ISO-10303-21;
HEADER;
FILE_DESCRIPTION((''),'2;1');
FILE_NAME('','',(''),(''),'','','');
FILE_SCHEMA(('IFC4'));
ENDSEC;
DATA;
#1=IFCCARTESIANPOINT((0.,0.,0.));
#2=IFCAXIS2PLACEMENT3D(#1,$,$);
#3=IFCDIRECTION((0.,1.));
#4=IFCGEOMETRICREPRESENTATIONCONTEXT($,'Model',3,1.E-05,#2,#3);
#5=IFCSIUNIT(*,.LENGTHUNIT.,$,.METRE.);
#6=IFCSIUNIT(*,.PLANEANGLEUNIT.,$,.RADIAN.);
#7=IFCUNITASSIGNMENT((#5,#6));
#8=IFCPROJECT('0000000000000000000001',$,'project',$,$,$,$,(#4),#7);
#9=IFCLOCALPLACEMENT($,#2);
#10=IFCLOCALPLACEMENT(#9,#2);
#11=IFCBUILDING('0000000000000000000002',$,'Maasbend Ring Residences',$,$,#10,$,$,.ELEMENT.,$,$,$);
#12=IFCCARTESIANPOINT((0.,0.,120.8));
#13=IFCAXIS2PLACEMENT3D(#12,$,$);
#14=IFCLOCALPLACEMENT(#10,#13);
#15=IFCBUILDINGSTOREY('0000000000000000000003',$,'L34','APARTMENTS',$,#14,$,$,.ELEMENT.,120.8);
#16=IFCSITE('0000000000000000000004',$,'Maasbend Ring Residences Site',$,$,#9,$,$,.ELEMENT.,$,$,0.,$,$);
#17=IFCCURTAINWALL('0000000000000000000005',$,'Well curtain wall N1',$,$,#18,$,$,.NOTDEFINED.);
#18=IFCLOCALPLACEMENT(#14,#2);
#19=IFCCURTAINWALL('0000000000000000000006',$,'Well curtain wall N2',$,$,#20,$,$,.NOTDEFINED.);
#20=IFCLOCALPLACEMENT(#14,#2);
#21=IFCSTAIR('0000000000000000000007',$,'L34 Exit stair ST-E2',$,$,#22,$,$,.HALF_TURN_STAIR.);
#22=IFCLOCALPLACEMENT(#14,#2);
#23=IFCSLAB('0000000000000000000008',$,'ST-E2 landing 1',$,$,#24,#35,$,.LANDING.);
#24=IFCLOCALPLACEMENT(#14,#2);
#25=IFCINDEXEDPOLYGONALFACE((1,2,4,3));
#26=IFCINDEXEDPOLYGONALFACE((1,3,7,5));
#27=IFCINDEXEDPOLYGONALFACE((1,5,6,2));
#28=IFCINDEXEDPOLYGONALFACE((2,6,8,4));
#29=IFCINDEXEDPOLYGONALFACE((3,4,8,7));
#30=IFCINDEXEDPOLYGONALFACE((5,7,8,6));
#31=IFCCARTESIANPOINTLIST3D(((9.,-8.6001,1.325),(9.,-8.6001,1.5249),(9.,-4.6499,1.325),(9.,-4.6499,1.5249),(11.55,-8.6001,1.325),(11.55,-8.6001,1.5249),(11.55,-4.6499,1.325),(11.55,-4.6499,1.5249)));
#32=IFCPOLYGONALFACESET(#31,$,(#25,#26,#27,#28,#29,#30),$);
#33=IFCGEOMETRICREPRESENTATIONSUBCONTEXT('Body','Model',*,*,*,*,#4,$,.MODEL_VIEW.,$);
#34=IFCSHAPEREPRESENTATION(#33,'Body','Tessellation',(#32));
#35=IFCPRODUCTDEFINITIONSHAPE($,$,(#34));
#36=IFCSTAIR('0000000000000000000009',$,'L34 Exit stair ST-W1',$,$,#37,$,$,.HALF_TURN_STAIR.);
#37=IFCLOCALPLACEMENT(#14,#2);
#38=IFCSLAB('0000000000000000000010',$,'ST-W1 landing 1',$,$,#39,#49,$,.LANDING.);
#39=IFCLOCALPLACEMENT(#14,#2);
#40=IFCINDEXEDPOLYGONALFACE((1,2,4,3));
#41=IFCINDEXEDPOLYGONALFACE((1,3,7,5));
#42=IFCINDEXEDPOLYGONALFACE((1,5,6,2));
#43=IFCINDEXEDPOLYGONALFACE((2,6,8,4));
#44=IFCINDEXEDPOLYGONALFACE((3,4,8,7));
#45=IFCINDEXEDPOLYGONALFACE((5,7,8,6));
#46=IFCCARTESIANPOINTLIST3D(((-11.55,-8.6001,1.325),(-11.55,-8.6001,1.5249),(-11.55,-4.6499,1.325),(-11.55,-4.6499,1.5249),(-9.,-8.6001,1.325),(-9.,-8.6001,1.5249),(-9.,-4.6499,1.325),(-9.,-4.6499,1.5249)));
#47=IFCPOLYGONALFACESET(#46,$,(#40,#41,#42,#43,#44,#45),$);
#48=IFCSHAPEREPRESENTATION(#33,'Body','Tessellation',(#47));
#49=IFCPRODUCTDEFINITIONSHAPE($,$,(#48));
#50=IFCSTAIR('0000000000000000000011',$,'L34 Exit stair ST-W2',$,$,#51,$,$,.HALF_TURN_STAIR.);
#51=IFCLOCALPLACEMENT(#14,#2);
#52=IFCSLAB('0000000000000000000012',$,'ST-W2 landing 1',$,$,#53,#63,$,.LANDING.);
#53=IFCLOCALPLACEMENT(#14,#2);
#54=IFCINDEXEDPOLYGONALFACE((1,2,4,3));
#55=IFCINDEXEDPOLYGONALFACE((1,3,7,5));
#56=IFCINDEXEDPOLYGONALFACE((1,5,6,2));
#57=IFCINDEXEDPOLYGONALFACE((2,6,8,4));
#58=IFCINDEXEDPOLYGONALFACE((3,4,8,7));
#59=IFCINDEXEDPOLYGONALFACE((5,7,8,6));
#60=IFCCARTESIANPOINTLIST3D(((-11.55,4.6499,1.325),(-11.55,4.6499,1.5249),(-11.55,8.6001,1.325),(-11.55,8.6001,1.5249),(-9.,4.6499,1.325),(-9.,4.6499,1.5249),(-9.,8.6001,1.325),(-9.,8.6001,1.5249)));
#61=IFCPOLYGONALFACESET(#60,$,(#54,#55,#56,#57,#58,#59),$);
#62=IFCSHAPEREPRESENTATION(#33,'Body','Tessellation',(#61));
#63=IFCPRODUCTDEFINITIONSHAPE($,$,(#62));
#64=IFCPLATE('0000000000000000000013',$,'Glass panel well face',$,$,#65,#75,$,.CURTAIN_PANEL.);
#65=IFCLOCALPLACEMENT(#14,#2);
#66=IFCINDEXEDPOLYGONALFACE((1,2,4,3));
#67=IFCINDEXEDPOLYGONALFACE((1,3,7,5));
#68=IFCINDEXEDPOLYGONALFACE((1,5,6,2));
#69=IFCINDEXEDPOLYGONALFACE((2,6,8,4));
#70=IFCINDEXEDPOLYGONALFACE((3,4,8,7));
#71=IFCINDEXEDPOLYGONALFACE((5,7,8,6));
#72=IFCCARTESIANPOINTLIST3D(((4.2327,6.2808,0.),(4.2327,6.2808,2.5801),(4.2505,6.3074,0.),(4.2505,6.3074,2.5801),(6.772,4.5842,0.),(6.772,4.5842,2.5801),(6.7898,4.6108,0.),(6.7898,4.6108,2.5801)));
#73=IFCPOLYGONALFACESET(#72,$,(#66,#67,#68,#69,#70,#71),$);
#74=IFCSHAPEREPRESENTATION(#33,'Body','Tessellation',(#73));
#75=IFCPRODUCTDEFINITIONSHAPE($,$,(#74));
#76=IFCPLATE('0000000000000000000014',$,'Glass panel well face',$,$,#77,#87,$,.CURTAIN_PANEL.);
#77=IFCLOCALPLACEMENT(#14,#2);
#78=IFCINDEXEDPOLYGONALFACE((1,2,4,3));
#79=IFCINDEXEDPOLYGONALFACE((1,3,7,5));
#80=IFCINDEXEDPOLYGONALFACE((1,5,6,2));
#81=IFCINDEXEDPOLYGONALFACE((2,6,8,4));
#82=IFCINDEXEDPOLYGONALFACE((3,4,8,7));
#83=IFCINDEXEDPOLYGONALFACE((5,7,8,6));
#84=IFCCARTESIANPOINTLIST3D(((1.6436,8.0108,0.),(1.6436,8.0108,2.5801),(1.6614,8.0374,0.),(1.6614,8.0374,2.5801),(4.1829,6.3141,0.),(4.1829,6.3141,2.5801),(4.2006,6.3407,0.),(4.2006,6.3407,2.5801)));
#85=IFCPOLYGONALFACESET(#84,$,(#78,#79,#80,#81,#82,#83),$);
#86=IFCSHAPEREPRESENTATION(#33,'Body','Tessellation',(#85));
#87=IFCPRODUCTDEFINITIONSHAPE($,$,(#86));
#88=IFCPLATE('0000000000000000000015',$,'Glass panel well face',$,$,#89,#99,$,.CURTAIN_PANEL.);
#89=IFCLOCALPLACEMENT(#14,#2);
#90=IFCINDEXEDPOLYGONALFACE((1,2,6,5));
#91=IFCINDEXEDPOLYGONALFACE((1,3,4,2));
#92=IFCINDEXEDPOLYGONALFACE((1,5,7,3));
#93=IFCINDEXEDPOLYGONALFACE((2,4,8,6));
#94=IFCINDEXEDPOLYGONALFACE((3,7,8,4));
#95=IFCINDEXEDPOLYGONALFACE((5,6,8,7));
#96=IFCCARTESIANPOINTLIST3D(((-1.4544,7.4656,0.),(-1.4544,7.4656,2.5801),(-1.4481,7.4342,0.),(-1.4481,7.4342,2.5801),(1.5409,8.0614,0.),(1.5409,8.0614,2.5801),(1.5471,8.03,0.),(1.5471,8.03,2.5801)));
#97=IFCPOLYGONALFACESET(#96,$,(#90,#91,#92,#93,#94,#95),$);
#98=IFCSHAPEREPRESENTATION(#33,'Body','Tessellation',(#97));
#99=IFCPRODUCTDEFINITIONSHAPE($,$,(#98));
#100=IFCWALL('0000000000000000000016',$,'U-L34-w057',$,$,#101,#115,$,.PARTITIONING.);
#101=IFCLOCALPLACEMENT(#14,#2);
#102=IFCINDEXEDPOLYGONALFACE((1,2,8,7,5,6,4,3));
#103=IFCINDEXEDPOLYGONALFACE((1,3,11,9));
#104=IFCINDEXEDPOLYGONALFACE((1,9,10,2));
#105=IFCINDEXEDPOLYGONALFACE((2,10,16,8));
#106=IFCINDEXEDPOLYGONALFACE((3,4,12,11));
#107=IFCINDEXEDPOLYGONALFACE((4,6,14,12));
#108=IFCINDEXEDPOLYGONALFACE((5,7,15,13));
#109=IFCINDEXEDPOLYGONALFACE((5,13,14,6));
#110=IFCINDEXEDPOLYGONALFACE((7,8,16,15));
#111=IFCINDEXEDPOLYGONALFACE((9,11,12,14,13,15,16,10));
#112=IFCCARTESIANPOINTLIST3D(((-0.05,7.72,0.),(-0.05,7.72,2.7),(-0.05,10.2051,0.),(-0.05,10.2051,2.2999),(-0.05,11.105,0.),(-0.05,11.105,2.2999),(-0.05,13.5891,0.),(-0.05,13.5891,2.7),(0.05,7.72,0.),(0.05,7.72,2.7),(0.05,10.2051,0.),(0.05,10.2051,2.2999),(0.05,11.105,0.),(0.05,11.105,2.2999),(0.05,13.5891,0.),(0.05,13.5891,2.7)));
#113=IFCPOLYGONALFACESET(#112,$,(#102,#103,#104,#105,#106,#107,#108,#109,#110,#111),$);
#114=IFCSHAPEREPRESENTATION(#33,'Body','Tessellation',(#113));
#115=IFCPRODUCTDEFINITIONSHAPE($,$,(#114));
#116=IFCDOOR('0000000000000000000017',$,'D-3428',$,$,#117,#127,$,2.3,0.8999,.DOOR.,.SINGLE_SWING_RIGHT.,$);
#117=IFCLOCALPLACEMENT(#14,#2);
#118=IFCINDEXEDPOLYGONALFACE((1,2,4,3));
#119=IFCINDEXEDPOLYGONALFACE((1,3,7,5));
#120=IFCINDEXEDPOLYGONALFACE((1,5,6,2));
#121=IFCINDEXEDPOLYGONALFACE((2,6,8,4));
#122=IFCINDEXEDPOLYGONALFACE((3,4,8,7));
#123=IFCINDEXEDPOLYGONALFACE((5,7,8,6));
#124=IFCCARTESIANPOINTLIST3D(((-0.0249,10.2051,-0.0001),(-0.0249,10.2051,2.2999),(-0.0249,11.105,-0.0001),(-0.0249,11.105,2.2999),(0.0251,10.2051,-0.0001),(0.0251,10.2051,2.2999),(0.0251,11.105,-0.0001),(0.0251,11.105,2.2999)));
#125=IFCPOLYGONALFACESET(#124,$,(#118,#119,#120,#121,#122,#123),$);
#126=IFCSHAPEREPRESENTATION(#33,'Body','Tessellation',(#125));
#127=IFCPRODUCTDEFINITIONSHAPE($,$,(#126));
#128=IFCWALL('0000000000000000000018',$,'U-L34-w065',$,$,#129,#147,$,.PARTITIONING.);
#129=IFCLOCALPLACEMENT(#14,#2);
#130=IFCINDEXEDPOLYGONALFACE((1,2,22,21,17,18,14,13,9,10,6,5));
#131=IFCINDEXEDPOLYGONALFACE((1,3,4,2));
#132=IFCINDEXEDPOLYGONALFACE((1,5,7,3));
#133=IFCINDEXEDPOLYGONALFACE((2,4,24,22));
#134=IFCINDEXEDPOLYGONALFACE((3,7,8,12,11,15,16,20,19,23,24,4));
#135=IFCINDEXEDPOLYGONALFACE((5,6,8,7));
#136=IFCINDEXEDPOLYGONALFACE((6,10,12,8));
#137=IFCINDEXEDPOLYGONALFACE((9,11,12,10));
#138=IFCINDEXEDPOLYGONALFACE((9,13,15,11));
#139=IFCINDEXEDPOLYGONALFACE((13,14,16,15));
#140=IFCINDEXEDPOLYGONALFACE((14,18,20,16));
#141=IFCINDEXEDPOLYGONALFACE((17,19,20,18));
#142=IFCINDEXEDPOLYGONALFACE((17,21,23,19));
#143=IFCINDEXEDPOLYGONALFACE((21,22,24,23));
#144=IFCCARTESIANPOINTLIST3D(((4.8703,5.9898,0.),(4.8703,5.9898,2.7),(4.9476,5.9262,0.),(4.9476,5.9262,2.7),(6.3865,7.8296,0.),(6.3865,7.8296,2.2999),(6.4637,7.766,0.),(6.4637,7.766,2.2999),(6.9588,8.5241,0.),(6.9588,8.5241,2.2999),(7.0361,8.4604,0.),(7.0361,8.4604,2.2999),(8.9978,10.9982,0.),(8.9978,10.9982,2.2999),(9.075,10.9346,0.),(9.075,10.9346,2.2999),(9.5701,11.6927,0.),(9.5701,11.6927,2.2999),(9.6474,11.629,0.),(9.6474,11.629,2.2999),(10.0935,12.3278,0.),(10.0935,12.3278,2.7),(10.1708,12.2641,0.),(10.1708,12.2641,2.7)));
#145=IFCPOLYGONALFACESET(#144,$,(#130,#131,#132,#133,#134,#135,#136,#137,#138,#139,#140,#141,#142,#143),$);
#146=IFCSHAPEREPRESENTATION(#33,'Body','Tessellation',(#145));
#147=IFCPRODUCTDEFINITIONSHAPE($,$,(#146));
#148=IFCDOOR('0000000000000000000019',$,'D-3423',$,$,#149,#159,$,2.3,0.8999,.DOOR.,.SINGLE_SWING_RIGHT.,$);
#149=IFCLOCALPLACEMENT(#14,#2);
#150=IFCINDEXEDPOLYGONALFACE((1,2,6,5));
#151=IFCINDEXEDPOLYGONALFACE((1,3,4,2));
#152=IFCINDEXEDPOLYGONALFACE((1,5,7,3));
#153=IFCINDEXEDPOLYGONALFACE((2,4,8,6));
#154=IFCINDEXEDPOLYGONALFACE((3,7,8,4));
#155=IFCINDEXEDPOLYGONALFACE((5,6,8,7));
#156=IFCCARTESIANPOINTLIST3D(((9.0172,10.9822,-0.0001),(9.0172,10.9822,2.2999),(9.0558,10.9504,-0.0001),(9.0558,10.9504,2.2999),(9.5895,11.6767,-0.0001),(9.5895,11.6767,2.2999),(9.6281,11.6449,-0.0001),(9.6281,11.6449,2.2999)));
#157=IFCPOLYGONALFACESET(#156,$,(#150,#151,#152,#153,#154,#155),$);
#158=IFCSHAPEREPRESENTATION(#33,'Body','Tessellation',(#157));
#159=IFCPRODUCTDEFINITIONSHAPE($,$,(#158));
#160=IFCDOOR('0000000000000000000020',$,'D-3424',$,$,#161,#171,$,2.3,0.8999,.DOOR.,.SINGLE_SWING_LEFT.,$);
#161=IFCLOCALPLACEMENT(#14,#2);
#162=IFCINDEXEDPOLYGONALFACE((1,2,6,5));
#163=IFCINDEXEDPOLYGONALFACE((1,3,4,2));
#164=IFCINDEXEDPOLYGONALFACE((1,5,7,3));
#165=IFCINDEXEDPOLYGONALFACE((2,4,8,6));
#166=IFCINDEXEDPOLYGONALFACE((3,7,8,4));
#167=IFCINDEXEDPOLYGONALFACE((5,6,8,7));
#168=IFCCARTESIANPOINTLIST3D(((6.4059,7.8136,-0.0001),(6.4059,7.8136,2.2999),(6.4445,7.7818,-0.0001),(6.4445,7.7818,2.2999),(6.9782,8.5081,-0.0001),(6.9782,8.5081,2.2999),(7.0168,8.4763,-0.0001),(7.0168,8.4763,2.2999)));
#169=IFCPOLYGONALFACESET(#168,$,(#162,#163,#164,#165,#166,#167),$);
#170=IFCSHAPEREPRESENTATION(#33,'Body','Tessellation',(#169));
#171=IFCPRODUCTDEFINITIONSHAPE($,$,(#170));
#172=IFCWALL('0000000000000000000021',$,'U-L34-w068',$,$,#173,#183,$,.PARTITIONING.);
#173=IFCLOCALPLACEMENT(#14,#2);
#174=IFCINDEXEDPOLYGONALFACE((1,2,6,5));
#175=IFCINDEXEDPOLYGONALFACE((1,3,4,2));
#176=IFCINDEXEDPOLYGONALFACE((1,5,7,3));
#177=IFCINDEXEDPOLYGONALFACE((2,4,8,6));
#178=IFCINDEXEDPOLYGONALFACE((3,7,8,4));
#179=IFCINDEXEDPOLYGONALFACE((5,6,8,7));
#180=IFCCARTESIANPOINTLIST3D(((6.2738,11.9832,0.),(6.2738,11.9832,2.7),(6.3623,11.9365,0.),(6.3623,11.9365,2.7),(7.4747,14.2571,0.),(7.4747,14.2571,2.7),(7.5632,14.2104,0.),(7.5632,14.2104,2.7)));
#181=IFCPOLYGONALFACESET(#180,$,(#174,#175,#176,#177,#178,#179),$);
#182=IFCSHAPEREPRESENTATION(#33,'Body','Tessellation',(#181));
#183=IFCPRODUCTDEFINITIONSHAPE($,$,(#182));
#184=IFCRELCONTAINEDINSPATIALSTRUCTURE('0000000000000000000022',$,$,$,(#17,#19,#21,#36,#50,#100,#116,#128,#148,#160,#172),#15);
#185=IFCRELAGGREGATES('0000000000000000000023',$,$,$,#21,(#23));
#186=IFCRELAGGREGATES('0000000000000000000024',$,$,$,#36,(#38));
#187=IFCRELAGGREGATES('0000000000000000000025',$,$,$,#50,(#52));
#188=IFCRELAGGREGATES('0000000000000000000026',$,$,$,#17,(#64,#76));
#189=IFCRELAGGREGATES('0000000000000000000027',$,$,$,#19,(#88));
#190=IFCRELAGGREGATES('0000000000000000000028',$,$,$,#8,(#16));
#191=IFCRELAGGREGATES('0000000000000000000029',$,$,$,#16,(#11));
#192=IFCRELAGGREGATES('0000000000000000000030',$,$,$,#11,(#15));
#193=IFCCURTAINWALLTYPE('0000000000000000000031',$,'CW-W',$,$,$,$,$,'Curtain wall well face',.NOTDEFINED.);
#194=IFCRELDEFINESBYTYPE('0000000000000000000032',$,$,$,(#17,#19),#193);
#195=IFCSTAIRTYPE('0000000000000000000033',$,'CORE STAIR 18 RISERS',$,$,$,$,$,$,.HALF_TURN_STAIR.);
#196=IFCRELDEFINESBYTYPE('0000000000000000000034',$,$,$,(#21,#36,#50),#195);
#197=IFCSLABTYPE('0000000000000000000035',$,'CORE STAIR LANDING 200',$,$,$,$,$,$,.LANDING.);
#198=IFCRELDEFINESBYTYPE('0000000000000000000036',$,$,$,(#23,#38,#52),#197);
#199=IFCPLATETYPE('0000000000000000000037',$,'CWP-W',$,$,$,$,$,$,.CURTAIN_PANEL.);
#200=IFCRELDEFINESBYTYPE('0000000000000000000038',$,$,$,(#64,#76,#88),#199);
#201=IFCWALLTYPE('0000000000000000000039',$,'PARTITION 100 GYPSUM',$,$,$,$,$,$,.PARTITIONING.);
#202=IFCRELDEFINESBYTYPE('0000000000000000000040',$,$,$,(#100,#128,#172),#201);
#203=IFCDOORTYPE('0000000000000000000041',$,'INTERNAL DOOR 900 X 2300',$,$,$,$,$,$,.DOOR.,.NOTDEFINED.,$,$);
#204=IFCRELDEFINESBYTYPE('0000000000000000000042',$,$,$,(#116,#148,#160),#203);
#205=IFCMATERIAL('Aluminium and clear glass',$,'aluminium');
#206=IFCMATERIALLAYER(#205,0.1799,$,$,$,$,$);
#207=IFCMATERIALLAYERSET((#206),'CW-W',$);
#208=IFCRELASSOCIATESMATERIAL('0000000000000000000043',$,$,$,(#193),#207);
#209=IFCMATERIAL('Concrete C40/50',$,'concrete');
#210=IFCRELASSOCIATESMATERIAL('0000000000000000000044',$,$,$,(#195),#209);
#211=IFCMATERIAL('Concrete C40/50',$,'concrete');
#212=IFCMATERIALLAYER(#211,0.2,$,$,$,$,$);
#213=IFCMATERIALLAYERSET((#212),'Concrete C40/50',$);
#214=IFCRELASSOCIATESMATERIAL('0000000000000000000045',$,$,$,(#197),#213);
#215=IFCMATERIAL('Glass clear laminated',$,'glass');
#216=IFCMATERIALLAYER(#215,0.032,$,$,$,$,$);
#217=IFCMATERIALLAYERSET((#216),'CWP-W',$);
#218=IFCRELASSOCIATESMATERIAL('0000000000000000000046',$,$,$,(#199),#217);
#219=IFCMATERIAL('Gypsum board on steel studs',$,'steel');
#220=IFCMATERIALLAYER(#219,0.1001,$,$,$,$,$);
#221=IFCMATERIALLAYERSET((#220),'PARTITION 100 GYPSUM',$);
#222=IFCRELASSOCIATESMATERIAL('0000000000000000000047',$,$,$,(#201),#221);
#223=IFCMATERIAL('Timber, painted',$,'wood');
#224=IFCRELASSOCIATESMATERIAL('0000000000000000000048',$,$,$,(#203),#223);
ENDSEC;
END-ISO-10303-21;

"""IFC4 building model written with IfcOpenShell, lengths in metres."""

from ifc_helpers import new_model, si_unit, direction, frame, frame_2d, origin, origin_2d, place, context, subcontext, project, spatial, polyline, rectangle, outline, extrude, material, layer, layer_set, type_object, element, fill, aggregate, save


model = new_model("IFC4")

# Units and contexts
model_context = context("Model", 3, precision=1e-05, world=origin(), true_north=direction((0.0, 1.0)))
body_context = subcontext(model_context, "Body", "Model", "MODEL_VIEW")
ifc_project = project(units=[si_unit("LENGTHUNIT", "METRE"), si_unit("PLANEANGLEUNIT", "RADIAN")], contexts=[model_context])

# Site, building, storey
site_placement = place(None, origin())
site = spatial("IfcSite", under=ifc_project, at=site_placement, Name="Maasbend Ring Residences Site", CompositionType="ELEMENT", RefElevation=0.0)
building_placement = place(site_placement, origin())
building = spatial("IfcBuilding", under=site, at=building_placement, Name="Maasbend Ring Residences", CompositionType="ELEMENT")
storey_placement = place(building_placement, frame((0.0, 0.0, 120.8)))
storey = spatial("IfcBuildingStorey", under=building, at=storey_placement, Name="L34", Description="APARTMENTS", CompositionType="ELEMENT", Elevation=120.8)

# Curtain wall
ifc_material_1 = material(Name="Aluminium and clear glass", Category="aluminium")
ifc_layer_1 = layer(ifc_material_1, 0.1799)
ifc_layer_set_1 = layer_set([ifc_layer_1], Name="CW-W")
curtain_wall_type = type_object("IfcCurtainWallType", Name="CW-W", ElementType="Curtain wall well face", PredefinedType="NOTDEFINED", material=ifc_layer_set_1)
curtain_wall_1_placement = place(storey_placement, origin())
curtain_wall_1 = element("IfcCurtainWall", 1, at=curtain_wall_1_placement, inside=storey, type_object=curtain_wall_type, Name="Well curtain wall N1", PredefinedType="NOTDEFINED")

# Curtain wall
curtain_wall_2_placement = place(storey_placement, origin())
curtain_wall_2 = element("IfcCurtainWall", 2, at=curtain_wall_2_placement, inside=storey, type_object=curtain_wall_type, Name="Well curtain wall N2", PredefinedType="NOTDEFINED")

# Stairs, slabs
ifc_material_2 = material(Name="Concrete C40/50", Category="concrete")
stair_type = type_object("IfcStairType", Name="CORE STAIR 18 RISERS", PredefinedType="HALF_TURN_STAIR", material=ifc_material_2)
ifc_material_3 = material(Name="Concrete C40/50", Category="concrete")
ifc_layer_2 = layer(ifc_material_3, 0.2)
ifc_layer_set_2 = layer_set([ifc_layer_2], Name="Concrete C40/50")
slab_type = type_object("IfcSlabType", Name="CORE STAIR LANDING 200", PredefinedType="LANDING", material=ifc_layer_set_2)
stair_1_placement = place(storey_placement, origin())
stair_1 = element("IfcStair", 3, at=stair_1_placement, inside=storey, type_object=stair_type, Name="L34 Exit stair ST-E2", PredefinedType="HALF_TURN_STAIR")
slab_1_placement = place(storey_placement, frame((0.0, 0.0, 1.325)))
slab_1 = element("IfcSlab", 4, at=slab_1_placement, type_object=slab_type, Name="ST-E2 landing 1", PredefinedType="LANDING", context=body_context, shape_type="SweptSolid", body=[
    extrude(outline(polyline([(11.55, -4.6499), (9.0, -4.6499), (9.0, -8.6001), (11.55, -8.6001), (11.55, -4.6499)])), origin(), (0.0, 0.0, 1.0), 0.2),
])
aggregate(stair_1, [slab_1])
stair_2_placement = place(storey_placement, origin())
stair_2 = element("IfcStair", 5, at=stair_2_placement, inside=storey, type_object=stair_type, Name="L34 Exit stair ST-W1", PredefinedType="HALF_TURN_STAIR")
slab_2_placement = place(storey_placement, frame((0.0, 0.0, 1.325)))
slab_2 = element("IfcSlab", 6, at=slab_2_placement, type_object=slab_type, Name="ST-W1 landing 1", PredefinedType="LANDING", context=body_context, shape_type="SweptSolid", body=[
    extrude(outline(polyline([(-11.55, -8.6001), (-9.0, -8.6001), (-9.0, -4.6499), (-11.55, -4.6499), (-11.55, -8.6001)])), origin(), (0.0, 0.0, 1.0), 0.2),
])
aggregate(stair_2, [slab_2])
stair_3_placement = place(storey_placement, origin())
stair_3 = element("IfcStair", 7, at=stair_3_placement, inside=storey, type_object=stair_type, Name="L34 Exit stair ST-W2", PredefinedType="HALF_TURN_STAIR")
slab_3_placement = place(storey_placement, frame((0.0, 0.0, 1.325)))
slab_3 = element("IfcSlab", 8, at=slab_3_placement, type_object=slab_type, Name="ST-W2 landing 1", PredefinedType="LANDING", context=body_context, shape_type="SweptSolid", body=[
    extrude(outline(polyline([(-11.55, 4.6499), (-9.0, 4.6499), (-9.0, 8.6001), (-11.55, 8.6001), (-11.55, 4.6499)])), origin(), (0.0, 0.0, 1.0), 0.2),
])
aggregate(stair_3, [slab_3])

# Plates
ifc_material_4 = material(Name="Glass clear laminated", Category="glass")
ifc_layer_3 = layer(ifc_material_4, 0.032)
ifc_layer_set_3 = layer_set([ifc_layer_3], Name="CWP-W")
plate_type = type_object("IfcPlateType", Name="CWP-W", PredefinedType="CURTAIN_PANEL", material=ifc_layer_set_3)
plate_1_placement = place(storey_placement, frame((5.5112, 5.4458, 0.0), z_axis=(0.0, 0.0, 1.0), x_axis=(-0.83147, 0.55557, 0.0)))
plate_1 = element("IfcPlate", 9, at=plate_1_placement, type_object=plate_type, Name="Glass panel well face", PredefinedType="CURTAIN_PANEL", context=body_context, shape_type="SweptSolid", body=[
    extrude(rectangle(XDim=3.054, YDim=0.032, at=origin_2d()), origin(), (0.0, 0.0, 1.0), 2.5801),
])
plate_2_placement = place(storey_placement, frame((2.9221, 7.1758, 0.0), z_axis=(0.0, 0.0, 1.0), x_axis=(-0.83147, 0.55557, 0.0)))
plate_2 = element("IfcPlate", 10, at=plate_2_placement, type_object=plate_type, Name="Glass panel well face", PredefinedType="CURTAIN_PANEL", context=body_context, shape_type="SweptSolid", body=[
    extrude(rectangle(XDim=3.054, YDim=0.032, at=origin_2d()), origin(), (0.0, 0.0, 1.0), 2.5801),
])
aggregate(curtain_wall_1, [plate_1, plate_2])
plate_3_placement = place(storey_placement, frame((0.0464, 7.7478, 0.0), z_axis=(0.0, 0.0, 1.0), x_axis=(-0.980785, -0.19509, 0.0)))
plate_3 = element("IfcPlate", 11, at=plate_3_placement, type_object=plate_type, Name="Glass panel well face", PredefinedType="CURTAIN_PANEL", context=body_context, shape_type="SweptSolid", body=[
    extrude(rectangle(XDim=3.054, YDim=0.032, at=origin_2d()), origin(), (0.0, 0.0, 1.0), 2.5801),
])
aggregate(curtain_wall_2, [plate_3])

# Wall, opening, door
ifc_material_5 = material(Name="Gypsum board on steel studs", Category="steel")
ifc_layer_4 = layer(ifc_material_5, 0.1001)
ifc_layer_set_4 = layer_set([ifc_layer_4], Name="PARTITION 100 GYPSUM")
wall_type_1 = type_object("IfcWallType", Name="PARTITION 100 GYPSUM", PredefinedType="PARTITIONING", material=ifc_layer_set_4)
wall_1_placement = place(storey_placement, frame((0.0, 7.72, 0.0), z_axis=(0.0, 0.0, 1.0), x_axis=(0.0, 1.0, 0.0)))
wall_1 = element("IfcWall", 12, at=wall_1_placement, inside=storey, type_object=wall_type_1, Name="U-L34-w057", PredefinedType="PARTITIONING", context=body_context, shape_type="SweptSolid", body=[
    extrude(rectangle(XDim=5.8691, YDim=0.1001, at=frame_2d((2.9346, 0.0))), origin(), (0.0, 0.0, 1.0), 2.7),
])
opening_1_placement = place(wall_1_placement, frame((2.4851, 0.0, 0.0)))
opening_1 = element("IfcOpeningElement", 13, at=opening_1_placement, cuts=wall_1, PredefinedType="OPENING", context=body_context, shape_type="SweptSolid", body=[
    extrude(rectangle(XDim=0.8999, YDim=2.3, at=frame_2d((0.45, 1.1499))), frame((0.0, 0.0601, 0.0), z_axis=(0.0, -1.0, 0.0), x_axis=(1.0, 0.0, 0.0)), (0.0, 0.0, 1.0), 0.1201),
])
ifc_material_6 = material(Name="Timber, painted", Category="wood")
door_type = type_object("IfcDoorType", Name="INTERNAL DOOR 900 X 2300", OperationType="NOTDEFINED", PredefinedType="DOOR", material=ifc_material_6)
door_1_placement = place(opening_1_placement, origin())
door_1 = element("IfcDoor", 14, at=door_1_placement, inside=storey, type_object=door_type, Name="D-3428", OperationType="SINGLE_SWING_RIGHT", OverallHeight=2.3, OverallWidth=0.8999, PredefinedType="DOOR", context=body_context, shape_type="SweptSolid", body=[
    extrude(rectangle(XDim=0.8999, YDim=2.3, at=frame_2d((0.45, 1.1499))), frame((0.0, 0.0249, 0.0), z_axis=(0.0, -1.0, 0.0), x_axis=(1.0, 0.0, 0.0)), (0.0, 0.0, 1.0), 0.05),
])
fill(opening_1, door_1)

# Wall, openings, doors
wall_2_placement = place(storey_placement, frame((4.9089, 5.958, 0.0), z_axis=(0.0, 0.0, 1.0), x_axis=(0.635976, 0.771709, 0.0)))
wall_2 = element("IfcWall", 15, at=wall_2_placement, inside=storey, type_object=wall_type_1, Name="U-L34-w065", PredefinedType="PARTITIONING", context=body_context, shape_type="SweptSolid", body=[
    extrude(rectangle(XDim=8.2129, YDim=0.1001, at=frame_2d((4.1064, 0.0))), origin(), (0.0, 0.0, 1.0), 2.7),
])
opening_2_placement = place(wall_2_placement, frame((6.49, 0.0, 0.0)))
opening_2 = element("IfcOpeningElement", 16, at=opening_2_placement, cuts=wall_2, PredefinedType="OPENING", context=body_context, shape_type="SweptSolid", body=[
    extrude(rectangle(XDim=0.8999, YDim=2.3, at=frame_2d((0.45, 1.1499))), frame((0.0, 0.0601, 0.0), z_axis=(0.0, -1.0, 0.0), x_axis=(1.0, 0.0, 0.0)), (0.0, 0.0, 1.0), 0.1201),
])
opening_3_placement = place(wall_2_placement, frame((2.384, 0.0, 0.0)))
opening_3 = element("IfcOpeningElement", 17, at=opening_3_placement, cuts=wall_2, PredefinedType="OPENING", context=body_context, shape_type="SweptSolid", body=[
    extrude(rectangle(XDim=0.8999, YDim=2.3, at=frame_2d((0.45, 1.1499))), frame((0.0, 0.0601, 0.0), z_axis=(0.0, -1.0, 0.0), x_axis=(1.0, 0.0, 0.0)), (0.0, 0.0, 1.0), 0.1201),
])
door_2_placement = place(opening_2_placement, origin())
door_2 = element("IfcDoor", 18, at=door_2_placement, inside=storey, type_object=door_type, Name="D-3423", OperationType="SINGLE_SWING_RIGHT", OverallHeight=2.3, OverallWidth=0.8999, PredefinedType="DOOR", context=body_context, shape_type="SweptSolid", body=[
    extrude(rectangle(XDim=0.8999, YDim=2.3, at=frame_2d((0.45, 1.1499))), frame((0.0, 0.0249, 0.0), z_axis=(0.0, -1.0, 0.0), x_axis=(1.0, 0.0, 0.0)), (0.0, 0.0, 1.0), 0.05),
])
fill(opening_2, door_2)
door_3_placement = place(opening_3_placement, origin())
door_3 = element("IfcDoor", 19, at=door_3_placement, inside=storey, type_object=door_type, Name="D-3424", OperationType="SINGLE_SWING_LEFT", OverallHeight=2.3, OverallWidth=0.8999, PredefinedType="DOOR", context=body_context, shape_type="SweptSolid", body=[
    extrude(rectangle(XDim=0.8999, YDim=2.3, at=frame_2d((0.45, 1.1499))), frame((0.0, 0.0249, 0.0), z_axis=(0.0, -1.0, 0.0), x_axis=(1.0, 0.0, 0.0)), (0.0, 0.0, 1.0), 0.05),
])
fill(opening_3, door_3)

# Wall
wall_3_placement = place(storey_placement, frame((6.3181, 11.96, 0.0), z_axis=(0.0, 0.0, 1.0), x_axis=(0.467002, 0.884256, 0.0)))
element("IfcWall", 20, at=wall_3_placement, inside=storey, type_object=wall_type_1, Name="U-L34-w068", PredefinedType="PARTITIONING", context=body_context, shape_type="SweptSolid", body=[
    extrude(rectangle(XDim=2.5715, YDim=0.1001, at=frame_2d((1.2856, 0.0))), origin(), (0.0, 0.0, 1.0), 2.7),
])

save(model, "model.ifc")
